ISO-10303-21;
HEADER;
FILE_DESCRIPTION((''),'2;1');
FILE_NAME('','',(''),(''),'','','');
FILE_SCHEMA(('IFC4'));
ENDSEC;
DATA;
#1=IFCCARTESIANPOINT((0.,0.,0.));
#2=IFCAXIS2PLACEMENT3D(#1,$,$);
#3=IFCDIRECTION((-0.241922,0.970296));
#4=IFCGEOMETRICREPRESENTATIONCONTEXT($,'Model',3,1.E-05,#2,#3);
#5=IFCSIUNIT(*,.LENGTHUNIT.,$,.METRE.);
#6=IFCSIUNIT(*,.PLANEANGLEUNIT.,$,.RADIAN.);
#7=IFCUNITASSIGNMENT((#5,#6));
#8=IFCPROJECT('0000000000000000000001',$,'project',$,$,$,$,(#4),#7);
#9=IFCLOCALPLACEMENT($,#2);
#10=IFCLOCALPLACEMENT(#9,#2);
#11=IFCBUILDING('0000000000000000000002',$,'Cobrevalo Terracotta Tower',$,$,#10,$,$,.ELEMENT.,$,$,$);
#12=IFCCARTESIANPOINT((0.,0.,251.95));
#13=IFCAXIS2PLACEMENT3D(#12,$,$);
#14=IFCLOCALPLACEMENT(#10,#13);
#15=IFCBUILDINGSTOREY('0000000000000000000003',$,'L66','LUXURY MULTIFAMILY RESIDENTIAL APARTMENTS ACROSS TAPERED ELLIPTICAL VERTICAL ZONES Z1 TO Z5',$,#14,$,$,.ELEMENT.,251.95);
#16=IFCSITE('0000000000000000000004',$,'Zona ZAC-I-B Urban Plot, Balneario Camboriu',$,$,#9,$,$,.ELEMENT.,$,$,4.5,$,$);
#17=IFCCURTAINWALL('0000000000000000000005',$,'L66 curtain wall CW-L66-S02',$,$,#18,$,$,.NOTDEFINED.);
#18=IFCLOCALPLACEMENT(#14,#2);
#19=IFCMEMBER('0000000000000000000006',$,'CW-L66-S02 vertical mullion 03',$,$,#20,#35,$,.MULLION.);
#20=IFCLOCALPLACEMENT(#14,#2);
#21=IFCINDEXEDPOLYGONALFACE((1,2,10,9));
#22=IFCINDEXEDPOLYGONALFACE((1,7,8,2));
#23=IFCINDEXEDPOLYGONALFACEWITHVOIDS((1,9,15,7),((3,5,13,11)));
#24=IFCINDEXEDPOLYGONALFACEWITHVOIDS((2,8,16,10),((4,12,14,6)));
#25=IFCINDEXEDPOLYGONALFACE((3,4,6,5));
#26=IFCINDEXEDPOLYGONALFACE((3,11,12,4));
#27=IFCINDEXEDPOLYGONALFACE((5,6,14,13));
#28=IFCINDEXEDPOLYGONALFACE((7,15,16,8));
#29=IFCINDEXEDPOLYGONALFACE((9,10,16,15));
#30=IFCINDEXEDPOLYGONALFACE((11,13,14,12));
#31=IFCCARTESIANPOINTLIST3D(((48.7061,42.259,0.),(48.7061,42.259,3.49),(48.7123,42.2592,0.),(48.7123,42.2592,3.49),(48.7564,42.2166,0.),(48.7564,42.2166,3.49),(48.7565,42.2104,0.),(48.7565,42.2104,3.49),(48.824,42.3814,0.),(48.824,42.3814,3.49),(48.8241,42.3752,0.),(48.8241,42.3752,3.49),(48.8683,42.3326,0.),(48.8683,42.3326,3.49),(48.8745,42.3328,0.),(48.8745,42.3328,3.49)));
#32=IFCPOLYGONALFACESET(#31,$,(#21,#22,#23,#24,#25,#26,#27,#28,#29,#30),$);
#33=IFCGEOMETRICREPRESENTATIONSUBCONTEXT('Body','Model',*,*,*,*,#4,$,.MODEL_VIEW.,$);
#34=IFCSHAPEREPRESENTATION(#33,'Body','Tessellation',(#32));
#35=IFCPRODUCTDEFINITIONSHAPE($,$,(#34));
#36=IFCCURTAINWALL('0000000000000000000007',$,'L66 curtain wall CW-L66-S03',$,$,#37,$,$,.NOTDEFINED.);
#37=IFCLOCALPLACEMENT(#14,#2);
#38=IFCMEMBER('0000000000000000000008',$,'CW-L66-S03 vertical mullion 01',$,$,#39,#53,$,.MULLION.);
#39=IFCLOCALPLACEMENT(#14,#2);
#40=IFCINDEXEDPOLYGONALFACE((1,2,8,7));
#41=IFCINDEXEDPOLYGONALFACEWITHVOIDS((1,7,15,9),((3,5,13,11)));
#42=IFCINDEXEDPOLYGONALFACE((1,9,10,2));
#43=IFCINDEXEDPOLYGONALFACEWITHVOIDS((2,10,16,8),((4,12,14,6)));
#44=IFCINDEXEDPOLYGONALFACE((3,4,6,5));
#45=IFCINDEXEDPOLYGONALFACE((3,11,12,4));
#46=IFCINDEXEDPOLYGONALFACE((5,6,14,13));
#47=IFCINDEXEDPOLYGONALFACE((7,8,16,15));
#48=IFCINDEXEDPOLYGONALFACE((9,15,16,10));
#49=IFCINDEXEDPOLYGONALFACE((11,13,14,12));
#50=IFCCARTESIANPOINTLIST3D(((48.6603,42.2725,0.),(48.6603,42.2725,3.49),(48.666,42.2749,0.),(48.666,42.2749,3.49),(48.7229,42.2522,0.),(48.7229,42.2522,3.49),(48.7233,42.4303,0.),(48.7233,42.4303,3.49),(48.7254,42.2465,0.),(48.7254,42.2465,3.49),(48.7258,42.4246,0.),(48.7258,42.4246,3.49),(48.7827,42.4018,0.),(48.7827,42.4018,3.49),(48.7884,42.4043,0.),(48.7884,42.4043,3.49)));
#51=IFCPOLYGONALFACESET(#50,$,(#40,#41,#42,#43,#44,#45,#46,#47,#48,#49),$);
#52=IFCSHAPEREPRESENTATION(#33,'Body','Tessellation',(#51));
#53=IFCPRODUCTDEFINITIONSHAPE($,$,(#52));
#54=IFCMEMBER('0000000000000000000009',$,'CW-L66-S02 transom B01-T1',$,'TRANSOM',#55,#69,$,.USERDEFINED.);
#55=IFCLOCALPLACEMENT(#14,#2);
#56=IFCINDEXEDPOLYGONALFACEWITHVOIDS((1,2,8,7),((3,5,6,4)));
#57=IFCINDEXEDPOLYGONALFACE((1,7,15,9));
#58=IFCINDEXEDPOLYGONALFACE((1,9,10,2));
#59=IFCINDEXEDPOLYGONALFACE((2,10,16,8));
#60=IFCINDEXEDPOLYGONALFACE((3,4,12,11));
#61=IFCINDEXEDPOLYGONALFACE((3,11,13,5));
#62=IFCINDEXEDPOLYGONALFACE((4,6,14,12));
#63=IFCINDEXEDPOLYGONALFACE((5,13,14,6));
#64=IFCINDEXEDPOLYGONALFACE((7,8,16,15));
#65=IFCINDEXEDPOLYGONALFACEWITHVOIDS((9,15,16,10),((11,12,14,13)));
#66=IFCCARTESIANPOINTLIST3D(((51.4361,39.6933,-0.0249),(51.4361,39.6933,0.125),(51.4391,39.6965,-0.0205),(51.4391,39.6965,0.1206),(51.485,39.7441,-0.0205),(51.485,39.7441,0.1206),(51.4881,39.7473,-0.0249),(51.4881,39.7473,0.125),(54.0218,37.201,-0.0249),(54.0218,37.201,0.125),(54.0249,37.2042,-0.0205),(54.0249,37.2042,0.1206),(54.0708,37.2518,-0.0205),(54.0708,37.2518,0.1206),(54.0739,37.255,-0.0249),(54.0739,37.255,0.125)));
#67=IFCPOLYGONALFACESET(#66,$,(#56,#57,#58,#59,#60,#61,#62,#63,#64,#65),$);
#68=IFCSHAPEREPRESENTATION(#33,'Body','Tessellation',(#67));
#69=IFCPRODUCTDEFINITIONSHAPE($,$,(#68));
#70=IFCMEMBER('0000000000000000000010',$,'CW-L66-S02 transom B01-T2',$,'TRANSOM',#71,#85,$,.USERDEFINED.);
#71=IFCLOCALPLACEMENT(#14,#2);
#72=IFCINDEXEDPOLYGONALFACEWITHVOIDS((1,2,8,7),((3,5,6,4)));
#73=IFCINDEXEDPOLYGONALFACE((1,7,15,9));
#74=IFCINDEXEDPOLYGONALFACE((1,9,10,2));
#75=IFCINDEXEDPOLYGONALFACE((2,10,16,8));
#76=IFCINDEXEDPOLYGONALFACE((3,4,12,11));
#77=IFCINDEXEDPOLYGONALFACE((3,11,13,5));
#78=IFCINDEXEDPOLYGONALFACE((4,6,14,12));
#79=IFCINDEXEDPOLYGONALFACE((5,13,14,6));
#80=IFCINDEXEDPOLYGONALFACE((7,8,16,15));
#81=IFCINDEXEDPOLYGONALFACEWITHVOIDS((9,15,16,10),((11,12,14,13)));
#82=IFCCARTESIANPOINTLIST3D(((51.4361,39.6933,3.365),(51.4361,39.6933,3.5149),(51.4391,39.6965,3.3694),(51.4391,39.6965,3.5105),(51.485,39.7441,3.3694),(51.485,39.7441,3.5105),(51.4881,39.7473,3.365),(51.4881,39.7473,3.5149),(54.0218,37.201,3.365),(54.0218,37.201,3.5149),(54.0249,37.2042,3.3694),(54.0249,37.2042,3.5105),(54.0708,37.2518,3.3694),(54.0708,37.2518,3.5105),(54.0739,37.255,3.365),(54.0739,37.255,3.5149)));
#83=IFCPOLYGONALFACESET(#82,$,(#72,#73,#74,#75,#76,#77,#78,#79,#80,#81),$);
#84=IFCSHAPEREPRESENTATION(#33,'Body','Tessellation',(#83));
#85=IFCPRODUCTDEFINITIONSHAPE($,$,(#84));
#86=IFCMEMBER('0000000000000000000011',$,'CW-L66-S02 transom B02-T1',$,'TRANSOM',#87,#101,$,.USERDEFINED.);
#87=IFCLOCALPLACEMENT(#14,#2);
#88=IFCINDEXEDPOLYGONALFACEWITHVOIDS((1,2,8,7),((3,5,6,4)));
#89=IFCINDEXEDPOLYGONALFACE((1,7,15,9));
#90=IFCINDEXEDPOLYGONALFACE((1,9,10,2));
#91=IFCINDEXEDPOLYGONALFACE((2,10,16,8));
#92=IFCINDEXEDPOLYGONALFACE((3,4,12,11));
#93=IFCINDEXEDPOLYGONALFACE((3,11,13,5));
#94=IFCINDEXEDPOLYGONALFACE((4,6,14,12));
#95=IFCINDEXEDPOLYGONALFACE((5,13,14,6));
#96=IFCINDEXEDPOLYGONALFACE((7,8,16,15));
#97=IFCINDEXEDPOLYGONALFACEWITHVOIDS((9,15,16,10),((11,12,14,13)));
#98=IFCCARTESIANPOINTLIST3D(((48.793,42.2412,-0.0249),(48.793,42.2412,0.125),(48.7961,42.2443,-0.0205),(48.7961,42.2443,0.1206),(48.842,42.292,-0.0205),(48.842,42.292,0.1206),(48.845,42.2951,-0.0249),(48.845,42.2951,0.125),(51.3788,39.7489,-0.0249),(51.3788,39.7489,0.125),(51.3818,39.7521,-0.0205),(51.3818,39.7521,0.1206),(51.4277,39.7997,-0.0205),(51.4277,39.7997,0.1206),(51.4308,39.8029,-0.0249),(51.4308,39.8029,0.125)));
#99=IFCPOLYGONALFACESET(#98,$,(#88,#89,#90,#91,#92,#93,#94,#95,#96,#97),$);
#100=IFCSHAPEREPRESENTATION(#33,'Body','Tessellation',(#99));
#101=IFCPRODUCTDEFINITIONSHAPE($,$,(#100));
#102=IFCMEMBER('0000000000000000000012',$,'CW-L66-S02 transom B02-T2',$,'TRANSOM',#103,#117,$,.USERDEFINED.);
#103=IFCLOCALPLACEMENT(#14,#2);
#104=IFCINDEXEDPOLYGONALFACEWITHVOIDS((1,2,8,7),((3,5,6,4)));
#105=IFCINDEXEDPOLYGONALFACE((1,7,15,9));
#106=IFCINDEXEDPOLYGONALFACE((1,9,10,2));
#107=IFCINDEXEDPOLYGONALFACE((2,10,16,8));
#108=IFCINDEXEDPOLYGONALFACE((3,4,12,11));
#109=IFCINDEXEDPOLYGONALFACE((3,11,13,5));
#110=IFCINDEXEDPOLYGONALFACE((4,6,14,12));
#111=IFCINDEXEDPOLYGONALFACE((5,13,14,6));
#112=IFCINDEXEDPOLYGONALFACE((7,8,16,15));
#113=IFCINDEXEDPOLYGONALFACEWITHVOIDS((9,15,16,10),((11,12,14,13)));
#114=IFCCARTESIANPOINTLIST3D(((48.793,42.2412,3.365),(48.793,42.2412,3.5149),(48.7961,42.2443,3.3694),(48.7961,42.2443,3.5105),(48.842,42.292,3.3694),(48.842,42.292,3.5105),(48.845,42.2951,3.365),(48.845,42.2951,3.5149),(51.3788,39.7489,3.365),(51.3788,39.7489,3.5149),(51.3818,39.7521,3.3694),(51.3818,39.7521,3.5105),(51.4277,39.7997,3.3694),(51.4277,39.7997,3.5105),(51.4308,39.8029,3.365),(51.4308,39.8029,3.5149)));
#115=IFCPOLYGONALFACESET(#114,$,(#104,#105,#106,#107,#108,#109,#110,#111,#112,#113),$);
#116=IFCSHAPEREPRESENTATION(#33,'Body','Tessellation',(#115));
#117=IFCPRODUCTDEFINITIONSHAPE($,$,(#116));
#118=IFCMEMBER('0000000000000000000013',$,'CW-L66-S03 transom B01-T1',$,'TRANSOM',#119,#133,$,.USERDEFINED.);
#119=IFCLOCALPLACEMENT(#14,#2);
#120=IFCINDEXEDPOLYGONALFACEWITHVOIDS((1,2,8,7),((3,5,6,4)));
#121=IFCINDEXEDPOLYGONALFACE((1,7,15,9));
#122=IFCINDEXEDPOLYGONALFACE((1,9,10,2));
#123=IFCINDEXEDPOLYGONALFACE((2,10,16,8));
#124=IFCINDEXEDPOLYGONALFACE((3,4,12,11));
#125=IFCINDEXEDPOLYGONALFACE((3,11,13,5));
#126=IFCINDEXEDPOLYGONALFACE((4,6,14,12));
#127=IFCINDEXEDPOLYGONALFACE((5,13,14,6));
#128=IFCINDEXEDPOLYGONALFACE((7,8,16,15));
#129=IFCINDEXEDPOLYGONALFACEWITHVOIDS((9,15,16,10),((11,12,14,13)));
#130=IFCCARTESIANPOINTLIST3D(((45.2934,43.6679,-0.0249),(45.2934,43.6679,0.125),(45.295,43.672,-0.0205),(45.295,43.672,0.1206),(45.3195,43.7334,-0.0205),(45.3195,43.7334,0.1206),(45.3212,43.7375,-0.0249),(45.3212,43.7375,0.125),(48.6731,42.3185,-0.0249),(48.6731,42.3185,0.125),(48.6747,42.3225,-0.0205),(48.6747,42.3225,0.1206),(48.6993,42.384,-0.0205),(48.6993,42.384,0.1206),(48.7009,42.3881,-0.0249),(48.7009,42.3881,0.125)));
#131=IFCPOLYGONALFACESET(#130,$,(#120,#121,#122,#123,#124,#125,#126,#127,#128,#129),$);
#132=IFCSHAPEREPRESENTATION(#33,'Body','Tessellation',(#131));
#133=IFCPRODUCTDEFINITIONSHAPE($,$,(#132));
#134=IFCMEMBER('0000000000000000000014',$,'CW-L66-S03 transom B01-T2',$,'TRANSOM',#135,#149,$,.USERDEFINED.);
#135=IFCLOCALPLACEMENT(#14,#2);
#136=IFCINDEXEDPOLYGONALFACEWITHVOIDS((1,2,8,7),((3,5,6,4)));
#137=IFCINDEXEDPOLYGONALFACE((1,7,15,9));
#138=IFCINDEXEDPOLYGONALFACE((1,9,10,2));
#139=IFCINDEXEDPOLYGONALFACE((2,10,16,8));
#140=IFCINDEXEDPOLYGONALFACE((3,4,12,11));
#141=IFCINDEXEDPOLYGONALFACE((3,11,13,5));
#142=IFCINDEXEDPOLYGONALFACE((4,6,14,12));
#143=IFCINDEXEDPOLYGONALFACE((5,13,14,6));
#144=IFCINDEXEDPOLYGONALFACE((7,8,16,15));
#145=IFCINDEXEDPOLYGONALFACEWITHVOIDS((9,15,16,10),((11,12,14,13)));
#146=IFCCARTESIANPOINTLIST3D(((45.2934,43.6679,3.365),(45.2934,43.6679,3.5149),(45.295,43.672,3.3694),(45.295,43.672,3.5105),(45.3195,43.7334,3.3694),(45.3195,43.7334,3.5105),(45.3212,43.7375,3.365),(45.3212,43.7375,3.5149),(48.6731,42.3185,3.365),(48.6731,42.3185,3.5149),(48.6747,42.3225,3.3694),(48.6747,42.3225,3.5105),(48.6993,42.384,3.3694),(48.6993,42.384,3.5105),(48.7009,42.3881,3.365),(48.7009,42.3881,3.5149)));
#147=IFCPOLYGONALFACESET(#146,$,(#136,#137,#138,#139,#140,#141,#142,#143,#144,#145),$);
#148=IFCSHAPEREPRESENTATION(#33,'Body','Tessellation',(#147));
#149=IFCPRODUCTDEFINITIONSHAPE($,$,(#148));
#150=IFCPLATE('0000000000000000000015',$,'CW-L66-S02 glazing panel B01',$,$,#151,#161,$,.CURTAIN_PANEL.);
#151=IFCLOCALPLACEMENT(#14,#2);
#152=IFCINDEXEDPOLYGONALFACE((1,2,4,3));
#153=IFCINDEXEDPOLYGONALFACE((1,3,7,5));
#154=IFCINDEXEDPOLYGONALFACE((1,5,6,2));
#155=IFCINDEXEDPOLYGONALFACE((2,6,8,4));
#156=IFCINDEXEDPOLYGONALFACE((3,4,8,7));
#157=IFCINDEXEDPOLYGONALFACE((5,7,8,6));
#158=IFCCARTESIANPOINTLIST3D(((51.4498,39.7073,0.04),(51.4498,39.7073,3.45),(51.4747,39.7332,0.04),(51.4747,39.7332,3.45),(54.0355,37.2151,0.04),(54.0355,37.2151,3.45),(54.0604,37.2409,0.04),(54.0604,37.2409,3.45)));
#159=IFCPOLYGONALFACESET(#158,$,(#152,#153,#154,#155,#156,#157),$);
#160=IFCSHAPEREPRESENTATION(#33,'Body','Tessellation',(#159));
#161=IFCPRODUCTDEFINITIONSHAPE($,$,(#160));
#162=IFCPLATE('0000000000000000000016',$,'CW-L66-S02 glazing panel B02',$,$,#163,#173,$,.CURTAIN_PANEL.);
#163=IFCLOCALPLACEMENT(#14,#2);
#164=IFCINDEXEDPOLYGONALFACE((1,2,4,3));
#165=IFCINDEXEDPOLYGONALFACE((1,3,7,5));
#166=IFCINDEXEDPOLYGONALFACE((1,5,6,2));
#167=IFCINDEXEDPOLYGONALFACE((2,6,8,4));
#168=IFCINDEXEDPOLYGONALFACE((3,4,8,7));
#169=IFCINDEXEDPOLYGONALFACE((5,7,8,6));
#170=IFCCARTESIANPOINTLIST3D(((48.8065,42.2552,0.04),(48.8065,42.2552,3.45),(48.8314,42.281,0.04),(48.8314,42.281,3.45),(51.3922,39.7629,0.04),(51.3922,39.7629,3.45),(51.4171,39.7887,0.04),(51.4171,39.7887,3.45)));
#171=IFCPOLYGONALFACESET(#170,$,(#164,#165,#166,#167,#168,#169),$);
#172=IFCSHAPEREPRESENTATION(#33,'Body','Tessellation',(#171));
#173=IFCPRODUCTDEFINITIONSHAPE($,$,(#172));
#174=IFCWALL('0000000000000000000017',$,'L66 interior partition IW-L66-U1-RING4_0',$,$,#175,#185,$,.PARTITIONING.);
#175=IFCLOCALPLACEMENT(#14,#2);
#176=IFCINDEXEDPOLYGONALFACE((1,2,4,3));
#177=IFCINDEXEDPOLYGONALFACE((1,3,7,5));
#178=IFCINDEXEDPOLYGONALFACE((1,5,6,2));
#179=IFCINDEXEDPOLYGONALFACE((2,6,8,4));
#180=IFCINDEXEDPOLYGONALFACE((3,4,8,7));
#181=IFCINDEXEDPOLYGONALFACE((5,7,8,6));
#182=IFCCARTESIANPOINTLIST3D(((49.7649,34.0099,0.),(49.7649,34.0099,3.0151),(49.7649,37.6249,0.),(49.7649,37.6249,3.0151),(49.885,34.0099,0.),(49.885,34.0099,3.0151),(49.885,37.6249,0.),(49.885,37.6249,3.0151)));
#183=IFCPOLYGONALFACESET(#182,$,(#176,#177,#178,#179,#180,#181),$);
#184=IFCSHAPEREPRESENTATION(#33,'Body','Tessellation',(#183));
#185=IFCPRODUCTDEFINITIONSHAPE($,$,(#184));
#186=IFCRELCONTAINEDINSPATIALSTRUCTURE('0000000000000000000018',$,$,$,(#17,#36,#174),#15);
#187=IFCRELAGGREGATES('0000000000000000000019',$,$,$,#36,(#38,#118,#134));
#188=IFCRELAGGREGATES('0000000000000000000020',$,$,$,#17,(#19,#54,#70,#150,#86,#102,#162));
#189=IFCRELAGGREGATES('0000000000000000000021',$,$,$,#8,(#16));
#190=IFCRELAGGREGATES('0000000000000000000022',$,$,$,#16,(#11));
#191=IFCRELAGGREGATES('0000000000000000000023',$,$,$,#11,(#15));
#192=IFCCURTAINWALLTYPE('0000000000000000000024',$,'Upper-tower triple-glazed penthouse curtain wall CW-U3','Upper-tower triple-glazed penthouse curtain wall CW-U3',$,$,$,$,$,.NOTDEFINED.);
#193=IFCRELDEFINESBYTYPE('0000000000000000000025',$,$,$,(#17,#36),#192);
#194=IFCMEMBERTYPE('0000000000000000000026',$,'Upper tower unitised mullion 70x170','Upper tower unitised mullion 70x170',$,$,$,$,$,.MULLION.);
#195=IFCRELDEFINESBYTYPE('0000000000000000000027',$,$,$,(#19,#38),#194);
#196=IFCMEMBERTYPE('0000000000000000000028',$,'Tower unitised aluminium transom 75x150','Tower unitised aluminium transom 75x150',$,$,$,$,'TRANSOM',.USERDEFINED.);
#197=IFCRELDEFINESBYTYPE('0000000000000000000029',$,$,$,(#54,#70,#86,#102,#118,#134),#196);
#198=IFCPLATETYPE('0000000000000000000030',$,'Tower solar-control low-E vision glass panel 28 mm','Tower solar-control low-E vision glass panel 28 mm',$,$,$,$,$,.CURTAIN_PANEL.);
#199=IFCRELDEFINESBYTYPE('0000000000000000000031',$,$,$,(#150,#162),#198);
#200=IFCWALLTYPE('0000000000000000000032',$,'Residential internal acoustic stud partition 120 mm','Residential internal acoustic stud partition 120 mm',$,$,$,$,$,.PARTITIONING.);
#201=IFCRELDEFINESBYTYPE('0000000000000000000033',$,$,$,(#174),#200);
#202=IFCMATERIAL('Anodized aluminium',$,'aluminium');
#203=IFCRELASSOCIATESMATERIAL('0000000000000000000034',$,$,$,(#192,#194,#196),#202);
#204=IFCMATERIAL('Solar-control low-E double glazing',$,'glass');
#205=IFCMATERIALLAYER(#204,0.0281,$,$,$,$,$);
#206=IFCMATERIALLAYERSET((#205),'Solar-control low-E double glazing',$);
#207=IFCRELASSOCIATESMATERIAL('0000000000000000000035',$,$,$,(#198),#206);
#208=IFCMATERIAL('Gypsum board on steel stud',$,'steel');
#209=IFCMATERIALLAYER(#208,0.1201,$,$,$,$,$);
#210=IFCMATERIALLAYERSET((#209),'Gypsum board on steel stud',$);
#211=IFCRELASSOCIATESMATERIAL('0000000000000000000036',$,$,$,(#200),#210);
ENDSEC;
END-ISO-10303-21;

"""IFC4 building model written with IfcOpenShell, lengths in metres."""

from ifc_helpers import new_model, si_unit, direction, frame, frame_2d, origin, origin_2d, place, context, subcontext, project, spatial, rectangle, hollow_rectangle, extrude, source, transform, mapped, material, layer, layer_set, material_profile, profile_set, type_object, element, aggregate, save


model = new_model("IFC4")

# Units and contexts
model_context = context("Model", 3, precision=1e-05, world=origin(), true_north=direction((-0.241922, 0.970296)))
body_context = subcontext(model_context, "Body", "Model", "MODEL_VIEW")
ifc_project = project(units=[si_unit("LENGTHUNIT", "METRE"), si_unit("PLANEANGLEUNIT", "RADIAN")], contexts=[model_context])

# Site, building, storey
site_placement = place(None, origin())
site = spatial("IfcSite", under=ifc_project, at=site_placement, Name="Zona ZAC-I-B Urban Plot, Balneario Camboriu", CompositionType="ELEMENT", RefElevation=4.5)
building_placement = place(site_placement, origin())
building = spatial("IfcBuilding", under=site, at=building_placement, Name="Cobrevalo Terracotta Tower", CompositionType="ELEMENT")
storey_placement = place(building_placement, frame((0.0, 0.0, 251.95)))
storey = spatial("IfcBuildingStorey", under=building, at=storey_placement, Name="L66", Description="LUXURY MULTIFAMILY RESIDENTIAL APARTMENTS ACROSS TAPERED ELLIPTICAL VERTICAL ZONES Z1 TO Z5", CompositionType="ELEMENT", Elevation=251.95)

# Curtain wall, member
ifc_material_1 = material(Name="Anodized aluminium", Category="aluminium")
curtain_wall_type = type_object("IfcCurtainWallType", Name="Upper-tower triple-glazed penthouse curtain wall CW-U3", Description="Upper-tower triple-glazed penthouse curtain wall CW-U3", PredefinedType="NOTDEFINED", material=ifc_material_1)
curtain_wall_1_placement = place(storey_placement, origin())
curtain_wall_1 = element("IfcCurtainWall", 1, at=curtain_wall_1_placement, inside=storey, type_object=curtain_wall_type, Name="L66 curtain wall CW-L66-S02", PredefinedType="NOTDEFINED")
ifc_material_profile_1 = material_profile(ifc_material_1, hollow_rectangle(XDim=0.0701, YDim=0.1699, WallThickness=0.0044, at=origin_2d()), Name="CWM 70x170")
ifc_profile_set_1 = profile_set([ifc_material_profile_1], Name="Anodized aluminium")
member_type_1 = type_object("IfcMemberType", Name="Upper tower unitised mullion 70x170", Description="Upper tower unitised mullion 70x170", PredefinedType="MULLION", material=ifc_profile_set_1)
shared_shape_1 = source(origin(), body_context, "Body", "SweptSolid", [
    extrude(hollow_rectangle(XDim=0.0701, YDim=0.1699, WallThickness=0.0044, at=origin_2d()), origin(), (0.0, 0.0, 1.0), 3.49),
])
member_1_placement = place(storey_placement, frame((48.7903, 42.2959, 0.0), z_axis=(0.0, 0.0, 1.0), x_axis=(-0.719994, 0.69398, 0.0)))
member_1 = element("IfcMember", 2, at=member_1_placement, type_object=member_type_1, Name="CW-L66-S02 vertical mullion 03", PredefinedType="MULLION", context=body_context, shape_type="MappedRepresentation", body=[
    mapped(shared_shape_1, transform((0.0, 0.0, 0.0), scale=1.0)),
])

# Curtain wall, member
curtain_wall_2_placement = place(storey_placement, origin())
curtain_wall_2 = element("IfcCurtainWall", 3, at=curtain_wall_2_placement, inside=storey, type_object=curtain_wall_type, Name="L66 curtain wall CW-L66-S03", PredefinedType="NOTDEFINED")
member_2_placement = place(storey_placement, frame((48.7244, 42.3384, 0.0), z_axis=(0.0, 0.0, 1.0), x_axis=(-0.928719, 0.370784, 0.0)))
member_2 = element("IfcMember", 4, at=member_2_placement, type_object=member_type_1, Name="CW-L66-S03 vertical mullion 01", PredefinedType="MULLION", context=body_context, shape_type="MappedRepresentation", body=[
    mapped(shared_shape_1, transform((0.0, 0.0, 0.0), scale=1.0)),
])

# Members
ifc_material_profile_2 = material_profile(ifc_material_1, hollow_rectangle(XDim=0.075, YDim=0.1499, WallThickness=0.0044, at=origin_2d()), Name="CWT 75x150")
ifc_profile_set_2 = profile_set([ifc_material_profile_2], Name="Anodized aluminium")
member_type_2 = type_object("IfcMemberType", Name="Tower unitised aluminium transom 75x150", Description="Tower unitised aluminium transom 75x150", ElementType="TRANSOM", PredefinedType="USERDEFINED", material=ifc_profile_set_2)
shared_shape_2 = source(origin(), body_context, "Body", "SweptSolid", [
    extrude(hollow_rectangle(XDim=0.075, YDim=0.1499, WallThickness=0.0044, at=origin_2d()), origin(), (0.0, 0.0, 1.0), 3.5913),
])
member_3_placement = place(storey_placement, frame((54.0479, 37.228, 0.05), z_axis=(-0.720006, 0.693968, 0.0), x_axis=(-0.693968, -0.720006, 0.0)))
member_3 = element("IfcMember", 5, at=member_3_placement, type_object=member_type_2, Name="CW-L66-S02 transom B01-T1", ObjectType="TRANSOM", PredefinedType="USERDEFINED", context=body_context, shape_type="MappedRepresentation", body=[
    mapped(shared_shape_2, transform((0.0, 0.0, 0.0), scale=1.0)),
])
member_4_placement = place(storey_placement, frame((54.0479, 37.228, 3.4399), z_axis=(-0.720006, 0.693968, 0.0), x_axis=(-0.693968, -0.720006, 0.0)))
member_4 = element("IfcMember", 6, at=member_4_placement, type_object=member_type_2, Name="CW-L66-S02 transom B01-T2", ObjectType="TRANSOM", PredefinedType="USERDEFINED", context=body_context, shape_type="MappedRepresentation", body=[
    mapped(shared_shape_2, transform((0.0, 0.0, 0.0), scale=1.0)),
])
member_5_placement = place(storey_placement, frame((51.4048, 39.7759, 0.05), z_axis=(-0.720006, 0.693968, 0.0), x_axis=(-0.693968, -0.720006, 0.0)))
member_5 = element("IfcMember", 7, at=member_5_placement, type_object=member_type_2, Name="CW-L66-S02 transom B02-T1", ObjectType="TRANSOM", PredefinedType="USERDEFINED", context=body_context, shape_type="MappedRepresentation", body=[
    mapped(shared_shape_2, transform((0.0, 0.0, 0.0), scale=1.0)),
])
member_6_placement = place(storey_placement, frame((51.4048, 39.7759, 3.4399), z_axis=(-0.720006, 0.693968, 0.0), x_axis=(-0.693968, -0.720006, 0.0)))
member_6 = element("IfcMember", 8, at=member_6_placement, type_object=member_type_2, Name="CW-L66-S02 transom B02-T2", ObjectType="TRANSOM", PredefinedType="USERDEFINED", context=body_context, shape_type="MappedRepresentation", body=[
    mapped(shared_shape_2, transform((0.0, 0.0, 0.0), scale=1.0)),
])
shared_shape_3 = source(origin(), body_context, "Body", "SweptSolid", [
    extrude(hollow_rectangle(XDim=0.075, YDim=0.1499, WallThickness=0.0044, at=origin_2d()), origin(), (0.0, 0.0, 1.0), 3.6392),
])
member_7_placement = place(storey_placement, frame((48.687, 42.3533, 0.05), z_axis=(-0.928712, 0.370801, 0.0), x_axis=(-0.370801, -0.928712, 0.0)))
member_7 = element("IfcMember", 9, at=member_7_placement, type_object=member_type_2, Name="CW-L66-S03 transom B01-T1", ObjectType="TRANSOM", PredefinedType="USERDEFINED", context=body_context, shape_type="MappedRepresentation", body=[
    mapped(shared_shape_3, transform((0.0, 0.0, 0.0), scale=1.0)),
])
member_8_placement = place(storey_placement, frame((48.687, 42.3533, 3.4399), z_axis=(-0.928712, 0.370801, 0.0), x_axis=(-0.370801, -0.928712, 0.0)))
member_8 = element("IfcMember", 10, at=member_8_placement, type_object=member_type_2, Name="CW-L66-S03 transom B01-T2", ObjectType="TRANSOM", PredefinedType="USERDEFINED", context=body_context, shape_type="MappedRepresentation", body=[
    mapped(shared_shape_3, transform((0.0, 0.0, 0.0), scale=1.0)),
])
aggregate(curtain_wall_2, [member_2, member_7, member_8])

# Plates
ifc_material_2 = material(Name="Solar-control low-E double glazing", Category="glass")
ifc_layer_1 = layer(ifc_material_2, 0.0281)
ifc_layer_set_1 = layer_set([ifc_layer_1], Name="Solar-control low-E double glazing")
plate_type = type_object("IfcPlateType", Name="Tower solar-control low-E vision glass panel 28 mm", Description="Tower solar-control low-E vision glass panel 28 mm", PredefinedType="CURTAIN_PANEL", material=ifc_layer_set_1)
shared_shape_4 = source(origin(), body_context, "Body", "SweptSolid", [
    extrude(rectangle(XDim=3.5913, YDim=0.0359, at=origin_2d()), origin(), (0.0, 0.0, 1.0), 3.4099),
])
plate_1_placement = place(storey_placement, frame((52.7551, 38.4741, 0.04), z_axis=(0.0, 0.0, 1.0), x_axis=(-0.719997, 0.693978, 0.0)))
plate_1 = element("IfcPlate", 11, at=plate_1_placement, type_object=plate_type, Name="CW-L66-S02 glazing panel B01", PredefinedType="CURTAIN_PANEL", context=body_context, shape_type="MappedRepresentation", body=[
    mapped(shared_shape_4, transform((0.0, 0.0, 0.0), scale=1.0)),
])
plate_2_placement = place(storey_placement, frame((50.1118, 41.022, 0.04), z_axis=(0.0, 0.0, 1.0), x_axis=(-0.719997, 0.693978, 0.0)))
plate_2 = element("IfcPlate", 12, at=plate_2_placement, type_object=plate_type, Name="CW-L66-S02 glazing panel B02", PredefinedType="CURTAIN_PANEL", context=body_context, shape_type="MappedRepresentation", body=[
    mapped(shared_shape_4, transform((0.0, 0.0, 0.0), scale=1.0)),
])
aggregate(curtain_wall_1, [member_1, member_3, member_4, plate_1, member_5, member_6, plate_2])

# Wall
ifc_material_3 = material(Name="Gypsum board on steel stud", Category="steel")
ifc_layer_2 = layer(ifc_material_3, 0.1201)
ifc_layer_set_2 = layer_set([ifc_layer_2], Name="Gypsum board on steel stud")
wall_type = type_object("IfcWallType", Name="Residential internal acoustic stud partition 120 mm", Description="Residential internal acoustic stud partition 120 mm", PredefinedType="PARTITIONING", material=ifc_layer_set_2)
wall_1_placement = place(storey_placement, frame((49.825, 37.625, 0.0), z_axis=(0.0, 0.0, 1.0), x_axis=(0.0, -1.0, 0.0)))
element("IfcWall", 13, at=wall_1_placement, inside=storey, type_object=wall_type, Name="L66 interior partition IW-L66-U1-RING4_0", PredefinedType="PARTITIONING", context=body_context, shape_type="SweptSolid", body=[
    extrude(rectangle(XDim=3.615, YDim=0.1201, at=frame_2d((1.8076, 0.0))), origin(), (0.0, 0.0, 1.0), 3.0151),
])

save(model, "model.ifc")
